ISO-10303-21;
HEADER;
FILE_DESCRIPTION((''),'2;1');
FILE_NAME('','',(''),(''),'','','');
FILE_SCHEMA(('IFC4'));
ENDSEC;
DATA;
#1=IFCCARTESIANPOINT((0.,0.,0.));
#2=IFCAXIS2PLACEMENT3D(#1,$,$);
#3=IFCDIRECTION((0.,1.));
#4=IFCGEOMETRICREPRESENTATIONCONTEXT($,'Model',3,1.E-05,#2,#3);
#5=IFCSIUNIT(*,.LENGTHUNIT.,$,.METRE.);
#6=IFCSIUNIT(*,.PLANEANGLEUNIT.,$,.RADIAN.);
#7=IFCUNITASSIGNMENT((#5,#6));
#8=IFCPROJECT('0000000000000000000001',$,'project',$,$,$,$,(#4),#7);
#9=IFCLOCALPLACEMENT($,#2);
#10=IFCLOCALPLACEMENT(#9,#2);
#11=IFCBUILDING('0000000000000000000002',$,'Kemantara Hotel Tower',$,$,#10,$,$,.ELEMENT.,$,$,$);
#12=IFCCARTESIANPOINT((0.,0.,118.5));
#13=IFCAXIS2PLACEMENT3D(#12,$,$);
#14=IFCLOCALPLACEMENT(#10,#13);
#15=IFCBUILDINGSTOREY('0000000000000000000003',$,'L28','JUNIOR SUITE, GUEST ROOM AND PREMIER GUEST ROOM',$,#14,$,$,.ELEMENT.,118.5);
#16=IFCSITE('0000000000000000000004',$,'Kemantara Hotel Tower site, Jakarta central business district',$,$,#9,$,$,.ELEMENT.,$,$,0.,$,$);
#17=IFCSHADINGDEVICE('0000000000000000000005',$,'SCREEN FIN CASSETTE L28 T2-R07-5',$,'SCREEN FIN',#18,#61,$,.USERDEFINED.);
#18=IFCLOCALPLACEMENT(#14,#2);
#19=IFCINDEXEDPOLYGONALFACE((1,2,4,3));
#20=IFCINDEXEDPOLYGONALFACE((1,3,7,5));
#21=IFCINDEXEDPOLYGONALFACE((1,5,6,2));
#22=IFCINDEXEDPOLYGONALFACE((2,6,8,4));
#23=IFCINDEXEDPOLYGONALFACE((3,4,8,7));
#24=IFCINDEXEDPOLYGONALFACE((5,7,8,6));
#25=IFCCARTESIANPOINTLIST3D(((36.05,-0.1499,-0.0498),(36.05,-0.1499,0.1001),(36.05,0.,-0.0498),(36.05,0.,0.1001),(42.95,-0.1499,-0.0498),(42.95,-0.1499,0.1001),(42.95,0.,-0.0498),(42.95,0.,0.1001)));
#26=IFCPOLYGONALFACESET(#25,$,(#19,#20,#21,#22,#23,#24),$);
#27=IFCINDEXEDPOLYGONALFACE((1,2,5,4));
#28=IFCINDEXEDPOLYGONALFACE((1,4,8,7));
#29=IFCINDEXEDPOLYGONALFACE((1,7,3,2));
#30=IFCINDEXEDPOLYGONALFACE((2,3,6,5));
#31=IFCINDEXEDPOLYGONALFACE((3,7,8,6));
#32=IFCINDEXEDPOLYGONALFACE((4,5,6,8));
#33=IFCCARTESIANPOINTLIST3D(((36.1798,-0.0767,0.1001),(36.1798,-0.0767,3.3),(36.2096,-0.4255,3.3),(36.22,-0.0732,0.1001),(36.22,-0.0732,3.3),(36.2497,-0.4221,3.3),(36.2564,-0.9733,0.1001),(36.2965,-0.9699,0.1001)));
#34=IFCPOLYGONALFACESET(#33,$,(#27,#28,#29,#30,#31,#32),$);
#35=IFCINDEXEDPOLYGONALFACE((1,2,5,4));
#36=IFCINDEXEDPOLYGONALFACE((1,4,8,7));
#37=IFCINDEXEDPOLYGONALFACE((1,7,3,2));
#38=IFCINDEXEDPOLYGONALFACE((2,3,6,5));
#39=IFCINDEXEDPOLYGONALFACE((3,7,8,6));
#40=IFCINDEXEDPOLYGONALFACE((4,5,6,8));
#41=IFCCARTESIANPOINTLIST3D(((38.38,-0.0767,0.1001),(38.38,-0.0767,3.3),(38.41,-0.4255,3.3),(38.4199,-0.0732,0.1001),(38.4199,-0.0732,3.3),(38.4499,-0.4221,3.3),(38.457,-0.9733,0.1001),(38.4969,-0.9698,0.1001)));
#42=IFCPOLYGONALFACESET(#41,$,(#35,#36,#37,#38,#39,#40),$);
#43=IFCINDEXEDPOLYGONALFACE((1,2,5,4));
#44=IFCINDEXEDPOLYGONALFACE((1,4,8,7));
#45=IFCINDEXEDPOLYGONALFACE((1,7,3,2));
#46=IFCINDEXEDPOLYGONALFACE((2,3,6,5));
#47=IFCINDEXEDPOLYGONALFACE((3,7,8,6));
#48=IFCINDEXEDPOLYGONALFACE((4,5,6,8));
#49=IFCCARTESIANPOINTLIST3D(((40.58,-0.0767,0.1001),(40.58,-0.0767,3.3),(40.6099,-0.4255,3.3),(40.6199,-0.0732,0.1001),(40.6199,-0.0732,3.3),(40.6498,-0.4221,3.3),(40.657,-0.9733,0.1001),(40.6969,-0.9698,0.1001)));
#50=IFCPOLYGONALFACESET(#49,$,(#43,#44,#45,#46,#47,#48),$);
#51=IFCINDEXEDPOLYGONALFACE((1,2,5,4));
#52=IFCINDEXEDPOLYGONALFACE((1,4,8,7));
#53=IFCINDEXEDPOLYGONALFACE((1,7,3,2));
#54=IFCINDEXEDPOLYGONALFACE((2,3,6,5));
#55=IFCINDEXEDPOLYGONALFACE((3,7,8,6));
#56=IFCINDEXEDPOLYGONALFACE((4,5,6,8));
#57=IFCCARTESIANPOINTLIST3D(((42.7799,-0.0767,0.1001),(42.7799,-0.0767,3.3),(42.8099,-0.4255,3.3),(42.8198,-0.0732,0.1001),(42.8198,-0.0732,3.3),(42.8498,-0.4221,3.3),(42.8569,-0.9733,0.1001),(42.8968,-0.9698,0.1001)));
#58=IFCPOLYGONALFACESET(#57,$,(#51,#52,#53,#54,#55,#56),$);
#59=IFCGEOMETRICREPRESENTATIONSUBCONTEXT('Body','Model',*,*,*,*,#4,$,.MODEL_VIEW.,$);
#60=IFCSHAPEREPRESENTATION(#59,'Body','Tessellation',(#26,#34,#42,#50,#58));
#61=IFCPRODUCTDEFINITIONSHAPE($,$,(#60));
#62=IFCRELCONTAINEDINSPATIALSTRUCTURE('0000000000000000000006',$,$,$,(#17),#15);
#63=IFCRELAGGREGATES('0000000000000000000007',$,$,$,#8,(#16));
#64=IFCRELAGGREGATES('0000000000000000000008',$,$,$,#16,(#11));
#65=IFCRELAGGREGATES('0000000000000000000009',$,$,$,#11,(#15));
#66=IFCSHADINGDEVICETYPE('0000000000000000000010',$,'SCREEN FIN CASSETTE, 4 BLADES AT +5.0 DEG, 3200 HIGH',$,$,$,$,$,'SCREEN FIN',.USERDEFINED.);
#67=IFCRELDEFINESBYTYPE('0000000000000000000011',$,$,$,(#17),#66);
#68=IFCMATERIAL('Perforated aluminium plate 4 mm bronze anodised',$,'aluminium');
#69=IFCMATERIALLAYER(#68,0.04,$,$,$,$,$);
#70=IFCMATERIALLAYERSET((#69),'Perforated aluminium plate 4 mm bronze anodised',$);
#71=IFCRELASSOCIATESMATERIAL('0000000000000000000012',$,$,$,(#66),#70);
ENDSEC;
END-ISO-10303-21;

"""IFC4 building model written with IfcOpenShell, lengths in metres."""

from ifc_helpers import new_model, si_unit, direction, frame, origin, origin_2d, place, context, subcontext, project, spatial, polyline, rectangle, outline, extrude, source, transform, mapped, material, layer, layer_set, type_object, element, save


model = new_model("IFC4")

# Units and contexts
model_context = context("Model", 3, precision=1e-05, world=origin(), true_north=direction((0.0, 1.0)))
body_context = subcontext(model_context, "Body", "Model", "MODEL_VIEW")
ifc_project = project(units=[si_unit("LENGTHUNIT", "METRE"), si_unit("PLANEANGLEUNIT", "RADIAN")], contexts=[model_context])

# Site, building, storey
site_placement = place(None, origin())
site = spatial("IfcSite", under=ifc_project, at=site_placement, Name="Kemantara Hotel Tower site, Jakarta central business district", CompositionType="ELEMENT", RefElevation=0.0)
building_placement = place(site_placement, origin())
building = spatial("IfcBuilding", under=site, at=building_placement, Name="Kemantara Hotel Tower", CompositionType="ELEMENT")
storey_placement = place(building_placement, frame((0.0, 0.0, 118.5)))
storey = spatial("IfcBuildingStorey", under=building, at=storey_placement, Name="L28", Description="JUNIOR SUITE, GUEST ROOM AND PREMIER GUEST ROOM", CompositionType="ELEMENT", Elevation=118.5)

# Shading device
ifc_material_1 = material(Name="Perforated aluminium plate 4 mm bronze anodised", Category="aluminium")
ifc_layer_1 = layer(ifc_material_1, 0.04)
ifc_layer_set_1 = layer_set([ifc_layer_1], Name="Perforated aluminium plate 4 mm bronze anodised")
shading_device_type_1 = type_object("IfcShadingDeviceType", Name="SCREEN FIN CASSETTE, 4 BLADES AT +5.0 DEG, 3200 HIGH", ElementType="SCREEN FIN", PredefinedType="USERDEFINED", material=ifc_layer_set_1)
shared_shape_1 = source(origin(), body_context, "Body", "SweptSolid", [
    extrude(rectangle(XDim=6.8999, YDim=0.1499, at=origin_2d()), frame((3.3, -0.075, -0.1499), z_axis=(0.0, 0.0, 1.0), x_axis=(1.0, 0.0, 0.0)), (0.0, 0.0, 1.0), 0.1499),
    extrude(outline(polyline([(0.0, 0.0), (0.8999, 0.0), (0.3501, 3.2), (0.0, 3.2), (0.0, 0.0)])), frame((0.02, -0.0732, 0.0), z_axis=(-0.996376, -0.085056, 0.0), x_axis=(0.085056, -0.996376, 0.0)), (0.0, 0.0, 1.0), 0.0403),
    extrude(outline(polyline([(0.0, 0.0), (0.8999, 0.0), (0.3501, 3.2), (0.0, 3.2), (0.0, 0.0)])), frame((2.22, -0.0732, 0.0), z_axis=(-0.996332, -0.085575, 0.0), x_axis=(0.085575, -0.996332, 0.0)), (0.0, 0.0, 1.0), 0.04),
    extrude(outline(polyline([(0.0, 0.0), (0.8999, 0.0), (0.3501, 3.2), (0.0, 3.2), (0.0, 0.0)])), frame((4.4199, -0.0732, 0.0), z_axis=(-0.996332, -0.085575, 0.0), x_axis=(0.085575, -0.996332, 0.0)), (0.0, 0.0, 1.0), 0.04),
    extrude(outline(polyline([(0.0, 0.0), (0.8999, 0.0), (0.3501, 3.2), (0.0, 3.2), (0.0, 0.0)])), frame((6.6199, -0.0732, 0.0), z_axis=(-0.996332, -0.085575, 0.0), x_axis=(0.085575, -0.996332, 0.0)), (0.0, 0.0, 1.0), 0.04),
])
shading_device_1_placement = place(storey_placement, frame((36.2, 0.0, 0.1001), z_axis=(0.0, 0.0, 1.0), x_axis=(1.0, 0.0, 0.0)))
element("IfcShadingDevice", 1, at=shading_device_1_placement, inside=storey, type_object=shading_device_type_1, Name="SCREEN FIN CASSETTE L28 T2-R07-5", ObjectType="SCREEN FIN", PredefinedType="USERDEFINED", context=body_context, shape_type="MappedRepresentation", body=[
    mapped(shared_shape_1, transform((0.0, 0.0, 0.0))),
])

save(model, "model.ifc")
